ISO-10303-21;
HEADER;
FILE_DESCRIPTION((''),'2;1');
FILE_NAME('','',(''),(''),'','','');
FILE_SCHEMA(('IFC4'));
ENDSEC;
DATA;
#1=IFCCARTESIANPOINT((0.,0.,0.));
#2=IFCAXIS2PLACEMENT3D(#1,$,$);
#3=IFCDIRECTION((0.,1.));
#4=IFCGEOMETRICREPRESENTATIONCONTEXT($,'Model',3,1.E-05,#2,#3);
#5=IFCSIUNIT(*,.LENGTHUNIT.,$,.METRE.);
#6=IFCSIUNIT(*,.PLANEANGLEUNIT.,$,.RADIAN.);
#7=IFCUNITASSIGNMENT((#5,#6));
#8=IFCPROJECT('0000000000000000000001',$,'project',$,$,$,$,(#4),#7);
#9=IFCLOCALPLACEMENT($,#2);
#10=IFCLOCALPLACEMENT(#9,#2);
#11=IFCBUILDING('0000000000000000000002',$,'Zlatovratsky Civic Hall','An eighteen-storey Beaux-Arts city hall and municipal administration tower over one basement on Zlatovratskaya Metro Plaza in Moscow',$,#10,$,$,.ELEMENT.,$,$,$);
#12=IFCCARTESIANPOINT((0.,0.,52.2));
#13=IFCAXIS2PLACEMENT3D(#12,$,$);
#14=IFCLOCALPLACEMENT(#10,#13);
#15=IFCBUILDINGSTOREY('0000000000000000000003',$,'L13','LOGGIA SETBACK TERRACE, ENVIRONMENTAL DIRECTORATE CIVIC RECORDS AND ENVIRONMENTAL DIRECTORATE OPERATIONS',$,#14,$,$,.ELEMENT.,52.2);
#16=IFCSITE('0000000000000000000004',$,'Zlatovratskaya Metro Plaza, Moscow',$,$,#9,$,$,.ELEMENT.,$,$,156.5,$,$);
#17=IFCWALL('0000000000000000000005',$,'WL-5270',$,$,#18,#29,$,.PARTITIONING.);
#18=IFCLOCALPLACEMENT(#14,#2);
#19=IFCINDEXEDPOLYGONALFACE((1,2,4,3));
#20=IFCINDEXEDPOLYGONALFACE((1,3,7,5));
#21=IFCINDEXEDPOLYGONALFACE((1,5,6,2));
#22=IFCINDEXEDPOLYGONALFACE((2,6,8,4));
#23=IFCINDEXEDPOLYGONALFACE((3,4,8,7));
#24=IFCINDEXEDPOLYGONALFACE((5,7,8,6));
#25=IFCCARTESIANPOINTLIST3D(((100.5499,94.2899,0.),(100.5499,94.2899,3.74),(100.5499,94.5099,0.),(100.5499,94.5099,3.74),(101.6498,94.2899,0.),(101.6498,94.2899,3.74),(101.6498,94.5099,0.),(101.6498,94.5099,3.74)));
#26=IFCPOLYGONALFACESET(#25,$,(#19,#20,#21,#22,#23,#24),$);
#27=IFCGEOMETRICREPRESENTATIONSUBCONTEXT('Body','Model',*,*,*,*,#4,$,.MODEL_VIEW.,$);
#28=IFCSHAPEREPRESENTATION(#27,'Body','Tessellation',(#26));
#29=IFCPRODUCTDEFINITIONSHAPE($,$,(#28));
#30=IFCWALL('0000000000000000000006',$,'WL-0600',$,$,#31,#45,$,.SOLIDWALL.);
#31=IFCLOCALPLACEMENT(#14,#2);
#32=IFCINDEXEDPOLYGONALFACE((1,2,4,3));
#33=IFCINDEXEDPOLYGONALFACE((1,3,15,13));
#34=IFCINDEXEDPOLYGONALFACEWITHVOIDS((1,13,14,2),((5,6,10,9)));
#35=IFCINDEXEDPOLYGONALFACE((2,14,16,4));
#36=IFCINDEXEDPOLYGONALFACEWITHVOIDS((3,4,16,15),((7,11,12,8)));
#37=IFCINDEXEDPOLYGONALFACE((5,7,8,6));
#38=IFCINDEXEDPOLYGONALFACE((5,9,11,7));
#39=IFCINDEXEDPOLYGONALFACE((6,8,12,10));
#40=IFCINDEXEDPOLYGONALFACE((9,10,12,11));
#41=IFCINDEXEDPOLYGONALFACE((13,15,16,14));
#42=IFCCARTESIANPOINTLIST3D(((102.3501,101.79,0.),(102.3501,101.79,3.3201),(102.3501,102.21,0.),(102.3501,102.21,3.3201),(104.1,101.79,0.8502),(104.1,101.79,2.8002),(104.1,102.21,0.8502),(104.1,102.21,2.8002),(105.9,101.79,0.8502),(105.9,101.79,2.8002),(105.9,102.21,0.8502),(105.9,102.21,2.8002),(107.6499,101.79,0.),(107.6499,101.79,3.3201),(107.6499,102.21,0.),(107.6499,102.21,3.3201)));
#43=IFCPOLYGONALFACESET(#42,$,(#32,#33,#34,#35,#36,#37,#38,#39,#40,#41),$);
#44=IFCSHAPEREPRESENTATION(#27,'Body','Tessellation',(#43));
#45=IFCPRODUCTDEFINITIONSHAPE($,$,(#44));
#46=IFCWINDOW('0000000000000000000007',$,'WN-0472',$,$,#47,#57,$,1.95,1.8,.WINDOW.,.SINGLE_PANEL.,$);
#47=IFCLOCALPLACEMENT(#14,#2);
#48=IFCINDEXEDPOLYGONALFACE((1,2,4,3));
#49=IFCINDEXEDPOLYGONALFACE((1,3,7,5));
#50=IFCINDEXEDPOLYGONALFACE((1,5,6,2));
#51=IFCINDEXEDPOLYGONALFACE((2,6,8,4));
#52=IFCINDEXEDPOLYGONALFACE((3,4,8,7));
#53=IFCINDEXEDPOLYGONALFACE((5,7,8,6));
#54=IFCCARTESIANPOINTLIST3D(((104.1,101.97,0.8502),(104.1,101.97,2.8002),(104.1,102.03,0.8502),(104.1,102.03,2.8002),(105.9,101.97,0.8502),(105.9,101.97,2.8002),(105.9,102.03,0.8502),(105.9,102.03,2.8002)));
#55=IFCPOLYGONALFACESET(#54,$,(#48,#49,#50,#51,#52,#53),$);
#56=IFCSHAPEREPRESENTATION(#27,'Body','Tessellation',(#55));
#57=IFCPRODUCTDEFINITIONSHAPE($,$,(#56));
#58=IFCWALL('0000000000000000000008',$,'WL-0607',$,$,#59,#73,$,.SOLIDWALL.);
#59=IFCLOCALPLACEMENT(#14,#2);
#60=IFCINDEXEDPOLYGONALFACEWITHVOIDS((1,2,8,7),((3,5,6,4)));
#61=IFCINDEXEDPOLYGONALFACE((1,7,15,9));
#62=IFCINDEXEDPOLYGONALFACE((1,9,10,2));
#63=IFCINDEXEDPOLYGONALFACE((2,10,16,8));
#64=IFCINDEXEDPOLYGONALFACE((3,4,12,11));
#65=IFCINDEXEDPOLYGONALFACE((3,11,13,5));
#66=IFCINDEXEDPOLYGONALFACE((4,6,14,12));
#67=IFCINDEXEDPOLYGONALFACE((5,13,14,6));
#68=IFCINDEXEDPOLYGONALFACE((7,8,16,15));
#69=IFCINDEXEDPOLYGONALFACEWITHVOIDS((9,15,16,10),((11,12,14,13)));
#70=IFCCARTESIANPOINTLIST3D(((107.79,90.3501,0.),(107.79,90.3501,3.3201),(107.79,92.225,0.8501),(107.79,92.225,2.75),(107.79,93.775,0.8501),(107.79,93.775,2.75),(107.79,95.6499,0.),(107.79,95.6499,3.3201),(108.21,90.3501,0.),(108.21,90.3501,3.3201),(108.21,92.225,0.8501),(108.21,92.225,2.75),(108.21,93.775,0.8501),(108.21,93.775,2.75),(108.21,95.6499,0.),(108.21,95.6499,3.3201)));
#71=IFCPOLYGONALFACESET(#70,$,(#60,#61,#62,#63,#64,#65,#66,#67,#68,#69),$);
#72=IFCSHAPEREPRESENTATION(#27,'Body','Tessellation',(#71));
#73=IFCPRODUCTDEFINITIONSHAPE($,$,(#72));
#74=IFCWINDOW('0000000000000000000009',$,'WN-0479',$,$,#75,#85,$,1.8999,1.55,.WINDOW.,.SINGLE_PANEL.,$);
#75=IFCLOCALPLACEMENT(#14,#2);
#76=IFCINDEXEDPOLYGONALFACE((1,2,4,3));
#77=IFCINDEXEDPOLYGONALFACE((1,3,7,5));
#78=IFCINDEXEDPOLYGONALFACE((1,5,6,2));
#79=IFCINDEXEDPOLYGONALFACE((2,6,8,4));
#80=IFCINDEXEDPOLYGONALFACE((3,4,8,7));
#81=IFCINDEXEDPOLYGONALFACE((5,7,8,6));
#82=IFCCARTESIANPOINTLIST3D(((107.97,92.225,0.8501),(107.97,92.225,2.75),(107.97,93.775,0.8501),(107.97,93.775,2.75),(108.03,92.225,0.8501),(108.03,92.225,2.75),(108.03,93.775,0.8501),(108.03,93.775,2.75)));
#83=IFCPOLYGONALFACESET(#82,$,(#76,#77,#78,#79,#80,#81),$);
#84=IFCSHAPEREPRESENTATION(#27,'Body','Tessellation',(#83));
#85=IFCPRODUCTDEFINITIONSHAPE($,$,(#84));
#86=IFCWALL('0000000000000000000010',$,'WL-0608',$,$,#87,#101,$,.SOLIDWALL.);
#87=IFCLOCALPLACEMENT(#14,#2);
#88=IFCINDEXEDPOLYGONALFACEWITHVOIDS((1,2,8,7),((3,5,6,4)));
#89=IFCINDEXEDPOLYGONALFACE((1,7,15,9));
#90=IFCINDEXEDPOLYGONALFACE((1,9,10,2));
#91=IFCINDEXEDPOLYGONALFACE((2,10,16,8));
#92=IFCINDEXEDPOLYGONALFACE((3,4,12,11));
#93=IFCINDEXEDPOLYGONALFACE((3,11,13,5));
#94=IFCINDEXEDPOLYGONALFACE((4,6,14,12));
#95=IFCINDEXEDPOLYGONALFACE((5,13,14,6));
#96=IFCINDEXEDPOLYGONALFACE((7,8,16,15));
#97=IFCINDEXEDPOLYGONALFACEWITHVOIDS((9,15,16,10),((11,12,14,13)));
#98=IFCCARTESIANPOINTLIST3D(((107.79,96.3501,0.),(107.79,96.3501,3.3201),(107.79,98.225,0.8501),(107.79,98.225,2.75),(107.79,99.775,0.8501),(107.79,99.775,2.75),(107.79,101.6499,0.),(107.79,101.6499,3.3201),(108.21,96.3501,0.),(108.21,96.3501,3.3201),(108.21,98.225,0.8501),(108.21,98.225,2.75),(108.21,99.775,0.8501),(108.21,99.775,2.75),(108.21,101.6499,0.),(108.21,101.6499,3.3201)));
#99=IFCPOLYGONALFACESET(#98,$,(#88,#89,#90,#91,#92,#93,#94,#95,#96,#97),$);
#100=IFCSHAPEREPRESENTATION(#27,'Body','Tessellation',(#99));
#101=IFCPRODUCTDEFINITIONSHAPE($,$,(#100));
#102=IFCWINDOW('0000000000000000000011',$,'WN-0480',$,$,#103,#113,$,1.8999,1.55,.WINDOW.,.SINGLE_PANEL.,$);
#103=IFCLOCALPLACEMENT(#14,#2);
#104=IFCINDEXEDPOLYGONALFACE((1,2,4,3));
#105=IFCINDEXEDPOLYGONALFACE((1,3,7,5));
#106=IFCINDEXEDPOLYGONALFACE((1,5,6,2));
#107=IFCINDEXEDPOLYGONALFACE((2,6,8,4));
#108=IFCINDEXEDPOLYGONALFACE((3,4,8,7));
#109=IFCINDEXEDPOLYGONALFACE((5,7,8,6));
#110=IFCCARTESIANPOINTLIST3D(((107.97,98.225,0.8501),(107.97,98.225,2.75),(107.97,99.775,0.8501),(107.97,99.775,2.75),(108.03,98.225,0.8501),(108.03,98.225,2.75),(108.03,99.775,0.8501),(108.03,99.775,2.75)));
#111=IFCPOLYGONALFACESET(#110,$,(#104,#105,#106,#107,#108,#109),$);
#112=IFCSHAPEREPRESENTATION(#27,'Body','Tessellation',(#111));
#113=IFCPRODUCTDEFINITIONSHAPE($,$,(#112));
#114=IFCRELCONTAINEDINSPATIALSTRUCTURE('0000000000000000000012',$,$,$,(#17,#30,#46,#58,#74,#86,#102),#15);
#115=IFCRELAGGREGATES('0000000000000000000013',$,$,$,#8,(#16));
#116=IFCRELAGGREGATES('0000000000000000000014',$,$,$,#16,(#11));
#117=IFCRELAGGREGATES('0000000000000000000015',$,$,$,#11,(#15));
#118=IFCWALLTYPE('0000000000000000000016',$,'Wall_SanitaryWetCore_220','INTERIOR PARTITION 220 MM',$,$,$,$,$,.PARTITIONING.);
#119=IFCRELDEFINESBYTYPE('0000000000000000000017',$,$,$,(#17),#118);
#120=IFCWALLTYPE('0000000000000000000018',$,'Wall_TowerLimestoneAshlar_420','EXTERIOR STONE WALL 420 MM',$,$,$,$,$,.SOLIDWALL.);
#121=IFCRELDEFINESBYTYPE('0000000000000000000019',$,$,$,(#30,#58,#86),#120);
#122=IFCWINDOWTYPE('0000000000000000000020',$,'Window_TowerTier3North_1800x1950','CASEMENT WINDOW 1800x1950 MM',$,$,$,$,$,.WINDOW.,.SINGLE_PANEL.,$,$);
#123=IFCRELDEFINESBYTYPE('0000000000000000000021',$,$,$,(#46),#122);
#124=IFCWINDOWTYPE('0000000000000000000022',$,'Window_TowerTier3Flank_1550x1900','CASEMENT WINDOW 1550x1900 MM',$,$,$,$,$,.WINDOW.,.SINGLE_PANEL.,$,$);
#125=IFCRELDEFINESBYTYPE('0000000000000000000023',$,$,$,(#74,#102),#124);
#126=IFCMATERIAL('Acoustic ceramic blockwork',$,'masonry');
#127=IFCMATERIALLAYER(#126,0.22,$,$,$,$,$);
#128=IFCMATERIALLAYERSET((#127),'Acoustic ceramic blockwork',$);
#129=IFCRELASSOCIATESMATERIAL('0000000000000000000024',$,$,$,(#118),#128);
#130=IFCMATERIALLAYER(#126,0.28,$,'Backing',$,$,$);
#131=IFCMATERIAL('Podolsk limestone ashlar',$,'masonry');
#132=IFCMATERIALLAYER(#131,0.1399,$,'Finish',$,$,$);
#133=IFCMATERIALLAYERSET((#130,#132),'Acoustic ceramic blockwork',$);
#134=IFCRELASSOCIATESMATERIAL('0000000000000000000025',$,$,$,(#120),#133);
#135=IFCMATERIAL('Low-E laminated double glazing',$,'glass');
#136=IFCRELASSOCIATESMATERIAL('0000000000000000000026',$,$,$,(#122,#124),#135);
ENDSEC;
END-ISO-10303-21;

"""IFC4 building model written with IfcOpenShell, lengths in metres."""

from ifc_helpers import new_model, si_unit, direction, frame, frame_2d, origin, place, context, subcontext, project, spatial, rectangle, extrude, material, layer, layer_set, type_object, element, fill, save


model = new_model("IFC4")

# Units and contexts
model_context = context("Model", 3, precision=1e-05, world=origin(), true_north=direction((0.0, 1.0)))
body_context = subcontext(model_context, "Body", "Model", "MODEL_VIEW")
ifc_project = project(units=[si_unit("LENGTHUNIT", "METRE"), si_unit("PLANEANGLEUNIT", "RADIAN")], contexts=[model_context])

# Site, building, storey
site_placement = place(None, origin())
site = spatial("IfcSite", under=ifc_project, at=site_placement, Name="Zlatovratskaya Metro Plaza, Moscow", CompositionType="ELEMENT", RefElevation=156.5)
building_placement = place(site_placement, origin())
building = spatial("IfcBuilding", under=site, at=building_placement, Name="Zlatovratsky Civic Hall", Description="An eighteen-storey Beaux-Arts city hall and municipal administration tower over one basement on Zlatovratskaya Metro Plaza in Moscow", CompositionType="ELEMENT")
storey_placement = place(building_placement, frame((0.0, 0.0, 52.2)))
storey = spatial("IfcBuildingStorey", under=building, at=storey_placement, Name="L13", Description="LOGGIA SETBACK TERRACE, ENVIRONMENTAL DIRECTORATE CIVIC RECORDS AND ENVIRONMENTAL DIRECTORATE OPERATIONS", CompositionType="ELEMENT", Elevation=52.2)

# Wall
ifc_material_1 = material(Name="Acoustic ceramic blockwork", Category="masonry")
ifc_layer_1 = layer(ifc_material_1, 0.22)
ifc_layer_set_1 = layer_set([ifc_layer_1], Name="Acoustic ceramic blockwork")
wall_type_1 = type_object("IfcWallType", Name="Wall_SanitaryWetCore_220", Description="INTERIOR PARTITION 220 MM", PredefinedType="PARTITIONING", material=ifc_layer_set_1)
wall_1_placement = place(storey_placement, frame((100.55, 94.3999, 0.0), z_axis=(0.0, 0.0, 1.0), x_axis=(1.0, 0.0, 0.0)))
element("IfcWall", 1, at=wall_1_placement, inside=storey, type_object=wall_type_1, Name="WL-5270", PredefinedType="PARTITIONING", context=body_context, shape_type="SweptSolid", body=[
    extrude(rectangle(XDim=1.0999, YDim=0.22, at=frame_2d((0.5498, 0.0))), origin(), (0.0, 0.0, 1.0), 3.74),
])

# Walls, openings, windows
ifc_layer_2 = layer(ifc_material_1, 0.28, Name="Backing")
ifc_material_2 = material(Name="Podolsk limestone ashlar", Category="masonry")
ifc_layer_3 = layer(ifc_material_2, 0.1399, Name="Finish")
ifc_layer_set_2 = layer_set([ifc_layer_2, ifc_layer_3], Name="Acoustic ceramic blockwork")
wall_type_2 = type_object("IfcWallType", Name="Wall_TowerLimestoneAshlar_420", Description="EXTERIOR STONE WALL 420 MM", PredefinedType="SOLIDWALL", material=ifc_layer_set_2)
wall_2_placement = place(storey_placement, frame((102.3501, 102.0, 0.0), z_axis=(0.0, 0.0, 1.0), x_axis=(1.0, 0.0, 0.0)))
wall_2 = element("IfcWall", 2, at=wall_2_placement, inside=storey, type_object=wall_type_2, Name="WL-0600", PredefinedType="SOLIDWALL", context=body_context, shape_type="SweptSolid", body=[
    extrude(rectangle(XDim=5.2998, YDim=0.4199, at=frame_2d((2.6499, 0.0))), origin(), (0.0, 0.0, 1.0), 3.3201),
])
opening_1_placement = place(wall_2_placement, frame((1.75, 0.0, 0.8501)))
opening_1 = element("IfcOpeningElement", 3, at=opening_1_placement, cuts=wall_2, PredefinedType="OPENING", context=body_context, shape_type="SweptSolid", body=[
    extrude(rectangle(XDim=1.8, YDim=1.95, at=frame_2d((0.8999, 0.9751))), frame((0.0, 0.2249, 0.0), z_axis=(0.0, -1.0, 0.0), x_axis=(1.0, 0.0, 0.0)), (0.0, 0.0, 1.0), 0.4497),
])
ifc_material_3 = material(Name="Low-E laminated double glazing", Category="glass")
window_type_1 = type_object("IfcWindowType", Name="Window_TowerTier3North_1800x1950", Description="CASEMENT WINDOW 1800x1950 MM", PartitioningType="SINGLE_PANEL", PredefinedType="WINDOW", material=ifc_material_3)
window_1_placement = place(opening_1_placement, origin())
window_1 = element("IfcWindow", 4, at=window_1_placement, inside=storey, type_object=window_type_1, Name="WN-0472", OverallHeight=1.95, OverallWidth=1.8, PartitioningType="SINGLE_PANEL", PredefinedType="WINDOW", context=body_context, shape_type="SweptSolid", body=[
    extrude(rectangle(XDim=1.8, YDim=1.95, at=frame_2d((0.8999, 0.9751))), frame((0.0, 0.03, 0.0), z_axis=(0.0, -1.0, 0.0), x_axis=(1.0, 0.0, 0.0)), (0.0, 0.0, 1.0), 0.0601),
])
fill(opening_1, window_1)
wall_3_placement = place(storey_placement, frame((108.0, 90.3501, 0.0), z_axis=(0.0, 0.0, 1.0), x_axis=(0.0, 1.0, 0.0)))
wall_3 = element("IfcWall", 5, at=wall_3_placement, inside=storey, type_object=wall_type_2, Name="WL-0607", PredefinedType="SOLIDWALL", context=body_context, shape_type="SweptSolid", body=[
    extrude(rectangle(XDim=5.2998, YDim=0.4199, at=frame_2d((2.6499, 0.0))), origin(), (0.0, 0.0, 1.0), 3.3201),
])
opening_2_placement = place(wall_3_placement, frame((1.875, 0.0, 0.8501)))
opening_2 = element("IfcOpeningElement", 6, at=opening_2_placement, cuts=wall_3, PredefinedType="OPENING", context=body_context, shape_type="SweptSolid", body=[
    extrude(rectangle(XDim=1.55, YDim=1.8999, at=frame_2d((0.7749, 0.95))), frame((0.0, 0.2249, 0.0), z_axis=(0.0, -1.0, 0.0), x_axis=(1.0, 0.0, 0.0)), (0.0, 0.0, 1.0), 0.4497),
])
window_type_2 = type_object("IfcWindowType", Name="Window_TowerTier3Flank_1550x1900", Description="CASEMENT WINDOW 1550x1900 MM", PartitioningType="SINGLE_PANEL", PredefinedType="WINDOW", material=ifc_material_3)
window_2_placement = place(opening_2_placement, origin())
window_2 = element("IfcWindow", 7, at=window_2_placement, inside=storey, type_object=window_type_2, Name="WN-0479", OverallHeight=1.8999, OverallWidth=1.55, PartitioningType="SINGLE_PANEL", PredefinedType="WINDOW", context=body_context, shape_type="SweptSolid", body=[
    extrude(rectangle(XDim=1.55, YDim=1.8999, at=frame_2d((0.7749, 0.95))), frame((0.0, 0.03, 0.0), z_axis=(0.0, -1.0, 0.0), x_axis=(1.0, 0.0, 0.0)), (0.0, 0.0, 1.0), 0.0601),
])
fill(opening_2, window_2)
wall_4_placement = place(storey_placement, frame((108.0, 96.3501, 0.0), z_axis=(0.0, 0.0, 1.0), x_axis=(0.0, 1.0, 0.0)))
wall_4 = element("IfcWall", 8, at=wall_4_placement, inside=storey, type_object=wall_type_2, Name="WL-0608", PredefinedType="SOLIDWALL", context=body_context, shape_type="SweptSolid", body=[
    extrude(rectangle(XDim=5.2998, YDim=0.4199, at=frame_2d((2.6499, 0.0))), origin(), (0.0, 0.0, 1.0), 3.3201),
])
opening_3_placement = place(wall_4_placement, frame((1.875, 0.0, 0.8501)))
opening_3 = element("IfcOpeningElement", 9, at=opening_3_placement, cuts=wall_4, PredefinedType="OPENING", context=body_context, shape_type="SweptSolid", body=[
    extrude(rectangle(XDim=1.55, YDim=1.8999, at=frame_2d((0.7749, 0.95))), frame((0.0, 0.2249, 0.0), z_axis=(0.0, -1.0, 0.0), x_axis=(1.0, 0.0, 0.0)), (0.0, 0.0, 1.0), 0.4497),
])
window_3_placement = place(opening_3_placement, origin())
window_3 = element("IfcWindow", 10, at=window_3_placement, inside=storey, type_object=window_type_2, Name="WN-0480", OverallHeight=1.8999, OverallWidth=1.55, PartitioningType="SINGLE_PANEL", PredefinedType="WINDOW", context=body_context, shape_type="SweptSolid", body=[
    extrude(rectangle(XDim=1.55, YDim=1.8999, at=frame_2d((0.7749, 0.95))), frame((0.0, 0.03, 0.0), z_axis=(0.0, -1.0, 0.0), x_axis=(1.0, 0.0, 0.0)), (0.0, 0.0, 1.0), 0.0601),
])
fill(opening_3, window_3)

save(model, "model.ifc")
